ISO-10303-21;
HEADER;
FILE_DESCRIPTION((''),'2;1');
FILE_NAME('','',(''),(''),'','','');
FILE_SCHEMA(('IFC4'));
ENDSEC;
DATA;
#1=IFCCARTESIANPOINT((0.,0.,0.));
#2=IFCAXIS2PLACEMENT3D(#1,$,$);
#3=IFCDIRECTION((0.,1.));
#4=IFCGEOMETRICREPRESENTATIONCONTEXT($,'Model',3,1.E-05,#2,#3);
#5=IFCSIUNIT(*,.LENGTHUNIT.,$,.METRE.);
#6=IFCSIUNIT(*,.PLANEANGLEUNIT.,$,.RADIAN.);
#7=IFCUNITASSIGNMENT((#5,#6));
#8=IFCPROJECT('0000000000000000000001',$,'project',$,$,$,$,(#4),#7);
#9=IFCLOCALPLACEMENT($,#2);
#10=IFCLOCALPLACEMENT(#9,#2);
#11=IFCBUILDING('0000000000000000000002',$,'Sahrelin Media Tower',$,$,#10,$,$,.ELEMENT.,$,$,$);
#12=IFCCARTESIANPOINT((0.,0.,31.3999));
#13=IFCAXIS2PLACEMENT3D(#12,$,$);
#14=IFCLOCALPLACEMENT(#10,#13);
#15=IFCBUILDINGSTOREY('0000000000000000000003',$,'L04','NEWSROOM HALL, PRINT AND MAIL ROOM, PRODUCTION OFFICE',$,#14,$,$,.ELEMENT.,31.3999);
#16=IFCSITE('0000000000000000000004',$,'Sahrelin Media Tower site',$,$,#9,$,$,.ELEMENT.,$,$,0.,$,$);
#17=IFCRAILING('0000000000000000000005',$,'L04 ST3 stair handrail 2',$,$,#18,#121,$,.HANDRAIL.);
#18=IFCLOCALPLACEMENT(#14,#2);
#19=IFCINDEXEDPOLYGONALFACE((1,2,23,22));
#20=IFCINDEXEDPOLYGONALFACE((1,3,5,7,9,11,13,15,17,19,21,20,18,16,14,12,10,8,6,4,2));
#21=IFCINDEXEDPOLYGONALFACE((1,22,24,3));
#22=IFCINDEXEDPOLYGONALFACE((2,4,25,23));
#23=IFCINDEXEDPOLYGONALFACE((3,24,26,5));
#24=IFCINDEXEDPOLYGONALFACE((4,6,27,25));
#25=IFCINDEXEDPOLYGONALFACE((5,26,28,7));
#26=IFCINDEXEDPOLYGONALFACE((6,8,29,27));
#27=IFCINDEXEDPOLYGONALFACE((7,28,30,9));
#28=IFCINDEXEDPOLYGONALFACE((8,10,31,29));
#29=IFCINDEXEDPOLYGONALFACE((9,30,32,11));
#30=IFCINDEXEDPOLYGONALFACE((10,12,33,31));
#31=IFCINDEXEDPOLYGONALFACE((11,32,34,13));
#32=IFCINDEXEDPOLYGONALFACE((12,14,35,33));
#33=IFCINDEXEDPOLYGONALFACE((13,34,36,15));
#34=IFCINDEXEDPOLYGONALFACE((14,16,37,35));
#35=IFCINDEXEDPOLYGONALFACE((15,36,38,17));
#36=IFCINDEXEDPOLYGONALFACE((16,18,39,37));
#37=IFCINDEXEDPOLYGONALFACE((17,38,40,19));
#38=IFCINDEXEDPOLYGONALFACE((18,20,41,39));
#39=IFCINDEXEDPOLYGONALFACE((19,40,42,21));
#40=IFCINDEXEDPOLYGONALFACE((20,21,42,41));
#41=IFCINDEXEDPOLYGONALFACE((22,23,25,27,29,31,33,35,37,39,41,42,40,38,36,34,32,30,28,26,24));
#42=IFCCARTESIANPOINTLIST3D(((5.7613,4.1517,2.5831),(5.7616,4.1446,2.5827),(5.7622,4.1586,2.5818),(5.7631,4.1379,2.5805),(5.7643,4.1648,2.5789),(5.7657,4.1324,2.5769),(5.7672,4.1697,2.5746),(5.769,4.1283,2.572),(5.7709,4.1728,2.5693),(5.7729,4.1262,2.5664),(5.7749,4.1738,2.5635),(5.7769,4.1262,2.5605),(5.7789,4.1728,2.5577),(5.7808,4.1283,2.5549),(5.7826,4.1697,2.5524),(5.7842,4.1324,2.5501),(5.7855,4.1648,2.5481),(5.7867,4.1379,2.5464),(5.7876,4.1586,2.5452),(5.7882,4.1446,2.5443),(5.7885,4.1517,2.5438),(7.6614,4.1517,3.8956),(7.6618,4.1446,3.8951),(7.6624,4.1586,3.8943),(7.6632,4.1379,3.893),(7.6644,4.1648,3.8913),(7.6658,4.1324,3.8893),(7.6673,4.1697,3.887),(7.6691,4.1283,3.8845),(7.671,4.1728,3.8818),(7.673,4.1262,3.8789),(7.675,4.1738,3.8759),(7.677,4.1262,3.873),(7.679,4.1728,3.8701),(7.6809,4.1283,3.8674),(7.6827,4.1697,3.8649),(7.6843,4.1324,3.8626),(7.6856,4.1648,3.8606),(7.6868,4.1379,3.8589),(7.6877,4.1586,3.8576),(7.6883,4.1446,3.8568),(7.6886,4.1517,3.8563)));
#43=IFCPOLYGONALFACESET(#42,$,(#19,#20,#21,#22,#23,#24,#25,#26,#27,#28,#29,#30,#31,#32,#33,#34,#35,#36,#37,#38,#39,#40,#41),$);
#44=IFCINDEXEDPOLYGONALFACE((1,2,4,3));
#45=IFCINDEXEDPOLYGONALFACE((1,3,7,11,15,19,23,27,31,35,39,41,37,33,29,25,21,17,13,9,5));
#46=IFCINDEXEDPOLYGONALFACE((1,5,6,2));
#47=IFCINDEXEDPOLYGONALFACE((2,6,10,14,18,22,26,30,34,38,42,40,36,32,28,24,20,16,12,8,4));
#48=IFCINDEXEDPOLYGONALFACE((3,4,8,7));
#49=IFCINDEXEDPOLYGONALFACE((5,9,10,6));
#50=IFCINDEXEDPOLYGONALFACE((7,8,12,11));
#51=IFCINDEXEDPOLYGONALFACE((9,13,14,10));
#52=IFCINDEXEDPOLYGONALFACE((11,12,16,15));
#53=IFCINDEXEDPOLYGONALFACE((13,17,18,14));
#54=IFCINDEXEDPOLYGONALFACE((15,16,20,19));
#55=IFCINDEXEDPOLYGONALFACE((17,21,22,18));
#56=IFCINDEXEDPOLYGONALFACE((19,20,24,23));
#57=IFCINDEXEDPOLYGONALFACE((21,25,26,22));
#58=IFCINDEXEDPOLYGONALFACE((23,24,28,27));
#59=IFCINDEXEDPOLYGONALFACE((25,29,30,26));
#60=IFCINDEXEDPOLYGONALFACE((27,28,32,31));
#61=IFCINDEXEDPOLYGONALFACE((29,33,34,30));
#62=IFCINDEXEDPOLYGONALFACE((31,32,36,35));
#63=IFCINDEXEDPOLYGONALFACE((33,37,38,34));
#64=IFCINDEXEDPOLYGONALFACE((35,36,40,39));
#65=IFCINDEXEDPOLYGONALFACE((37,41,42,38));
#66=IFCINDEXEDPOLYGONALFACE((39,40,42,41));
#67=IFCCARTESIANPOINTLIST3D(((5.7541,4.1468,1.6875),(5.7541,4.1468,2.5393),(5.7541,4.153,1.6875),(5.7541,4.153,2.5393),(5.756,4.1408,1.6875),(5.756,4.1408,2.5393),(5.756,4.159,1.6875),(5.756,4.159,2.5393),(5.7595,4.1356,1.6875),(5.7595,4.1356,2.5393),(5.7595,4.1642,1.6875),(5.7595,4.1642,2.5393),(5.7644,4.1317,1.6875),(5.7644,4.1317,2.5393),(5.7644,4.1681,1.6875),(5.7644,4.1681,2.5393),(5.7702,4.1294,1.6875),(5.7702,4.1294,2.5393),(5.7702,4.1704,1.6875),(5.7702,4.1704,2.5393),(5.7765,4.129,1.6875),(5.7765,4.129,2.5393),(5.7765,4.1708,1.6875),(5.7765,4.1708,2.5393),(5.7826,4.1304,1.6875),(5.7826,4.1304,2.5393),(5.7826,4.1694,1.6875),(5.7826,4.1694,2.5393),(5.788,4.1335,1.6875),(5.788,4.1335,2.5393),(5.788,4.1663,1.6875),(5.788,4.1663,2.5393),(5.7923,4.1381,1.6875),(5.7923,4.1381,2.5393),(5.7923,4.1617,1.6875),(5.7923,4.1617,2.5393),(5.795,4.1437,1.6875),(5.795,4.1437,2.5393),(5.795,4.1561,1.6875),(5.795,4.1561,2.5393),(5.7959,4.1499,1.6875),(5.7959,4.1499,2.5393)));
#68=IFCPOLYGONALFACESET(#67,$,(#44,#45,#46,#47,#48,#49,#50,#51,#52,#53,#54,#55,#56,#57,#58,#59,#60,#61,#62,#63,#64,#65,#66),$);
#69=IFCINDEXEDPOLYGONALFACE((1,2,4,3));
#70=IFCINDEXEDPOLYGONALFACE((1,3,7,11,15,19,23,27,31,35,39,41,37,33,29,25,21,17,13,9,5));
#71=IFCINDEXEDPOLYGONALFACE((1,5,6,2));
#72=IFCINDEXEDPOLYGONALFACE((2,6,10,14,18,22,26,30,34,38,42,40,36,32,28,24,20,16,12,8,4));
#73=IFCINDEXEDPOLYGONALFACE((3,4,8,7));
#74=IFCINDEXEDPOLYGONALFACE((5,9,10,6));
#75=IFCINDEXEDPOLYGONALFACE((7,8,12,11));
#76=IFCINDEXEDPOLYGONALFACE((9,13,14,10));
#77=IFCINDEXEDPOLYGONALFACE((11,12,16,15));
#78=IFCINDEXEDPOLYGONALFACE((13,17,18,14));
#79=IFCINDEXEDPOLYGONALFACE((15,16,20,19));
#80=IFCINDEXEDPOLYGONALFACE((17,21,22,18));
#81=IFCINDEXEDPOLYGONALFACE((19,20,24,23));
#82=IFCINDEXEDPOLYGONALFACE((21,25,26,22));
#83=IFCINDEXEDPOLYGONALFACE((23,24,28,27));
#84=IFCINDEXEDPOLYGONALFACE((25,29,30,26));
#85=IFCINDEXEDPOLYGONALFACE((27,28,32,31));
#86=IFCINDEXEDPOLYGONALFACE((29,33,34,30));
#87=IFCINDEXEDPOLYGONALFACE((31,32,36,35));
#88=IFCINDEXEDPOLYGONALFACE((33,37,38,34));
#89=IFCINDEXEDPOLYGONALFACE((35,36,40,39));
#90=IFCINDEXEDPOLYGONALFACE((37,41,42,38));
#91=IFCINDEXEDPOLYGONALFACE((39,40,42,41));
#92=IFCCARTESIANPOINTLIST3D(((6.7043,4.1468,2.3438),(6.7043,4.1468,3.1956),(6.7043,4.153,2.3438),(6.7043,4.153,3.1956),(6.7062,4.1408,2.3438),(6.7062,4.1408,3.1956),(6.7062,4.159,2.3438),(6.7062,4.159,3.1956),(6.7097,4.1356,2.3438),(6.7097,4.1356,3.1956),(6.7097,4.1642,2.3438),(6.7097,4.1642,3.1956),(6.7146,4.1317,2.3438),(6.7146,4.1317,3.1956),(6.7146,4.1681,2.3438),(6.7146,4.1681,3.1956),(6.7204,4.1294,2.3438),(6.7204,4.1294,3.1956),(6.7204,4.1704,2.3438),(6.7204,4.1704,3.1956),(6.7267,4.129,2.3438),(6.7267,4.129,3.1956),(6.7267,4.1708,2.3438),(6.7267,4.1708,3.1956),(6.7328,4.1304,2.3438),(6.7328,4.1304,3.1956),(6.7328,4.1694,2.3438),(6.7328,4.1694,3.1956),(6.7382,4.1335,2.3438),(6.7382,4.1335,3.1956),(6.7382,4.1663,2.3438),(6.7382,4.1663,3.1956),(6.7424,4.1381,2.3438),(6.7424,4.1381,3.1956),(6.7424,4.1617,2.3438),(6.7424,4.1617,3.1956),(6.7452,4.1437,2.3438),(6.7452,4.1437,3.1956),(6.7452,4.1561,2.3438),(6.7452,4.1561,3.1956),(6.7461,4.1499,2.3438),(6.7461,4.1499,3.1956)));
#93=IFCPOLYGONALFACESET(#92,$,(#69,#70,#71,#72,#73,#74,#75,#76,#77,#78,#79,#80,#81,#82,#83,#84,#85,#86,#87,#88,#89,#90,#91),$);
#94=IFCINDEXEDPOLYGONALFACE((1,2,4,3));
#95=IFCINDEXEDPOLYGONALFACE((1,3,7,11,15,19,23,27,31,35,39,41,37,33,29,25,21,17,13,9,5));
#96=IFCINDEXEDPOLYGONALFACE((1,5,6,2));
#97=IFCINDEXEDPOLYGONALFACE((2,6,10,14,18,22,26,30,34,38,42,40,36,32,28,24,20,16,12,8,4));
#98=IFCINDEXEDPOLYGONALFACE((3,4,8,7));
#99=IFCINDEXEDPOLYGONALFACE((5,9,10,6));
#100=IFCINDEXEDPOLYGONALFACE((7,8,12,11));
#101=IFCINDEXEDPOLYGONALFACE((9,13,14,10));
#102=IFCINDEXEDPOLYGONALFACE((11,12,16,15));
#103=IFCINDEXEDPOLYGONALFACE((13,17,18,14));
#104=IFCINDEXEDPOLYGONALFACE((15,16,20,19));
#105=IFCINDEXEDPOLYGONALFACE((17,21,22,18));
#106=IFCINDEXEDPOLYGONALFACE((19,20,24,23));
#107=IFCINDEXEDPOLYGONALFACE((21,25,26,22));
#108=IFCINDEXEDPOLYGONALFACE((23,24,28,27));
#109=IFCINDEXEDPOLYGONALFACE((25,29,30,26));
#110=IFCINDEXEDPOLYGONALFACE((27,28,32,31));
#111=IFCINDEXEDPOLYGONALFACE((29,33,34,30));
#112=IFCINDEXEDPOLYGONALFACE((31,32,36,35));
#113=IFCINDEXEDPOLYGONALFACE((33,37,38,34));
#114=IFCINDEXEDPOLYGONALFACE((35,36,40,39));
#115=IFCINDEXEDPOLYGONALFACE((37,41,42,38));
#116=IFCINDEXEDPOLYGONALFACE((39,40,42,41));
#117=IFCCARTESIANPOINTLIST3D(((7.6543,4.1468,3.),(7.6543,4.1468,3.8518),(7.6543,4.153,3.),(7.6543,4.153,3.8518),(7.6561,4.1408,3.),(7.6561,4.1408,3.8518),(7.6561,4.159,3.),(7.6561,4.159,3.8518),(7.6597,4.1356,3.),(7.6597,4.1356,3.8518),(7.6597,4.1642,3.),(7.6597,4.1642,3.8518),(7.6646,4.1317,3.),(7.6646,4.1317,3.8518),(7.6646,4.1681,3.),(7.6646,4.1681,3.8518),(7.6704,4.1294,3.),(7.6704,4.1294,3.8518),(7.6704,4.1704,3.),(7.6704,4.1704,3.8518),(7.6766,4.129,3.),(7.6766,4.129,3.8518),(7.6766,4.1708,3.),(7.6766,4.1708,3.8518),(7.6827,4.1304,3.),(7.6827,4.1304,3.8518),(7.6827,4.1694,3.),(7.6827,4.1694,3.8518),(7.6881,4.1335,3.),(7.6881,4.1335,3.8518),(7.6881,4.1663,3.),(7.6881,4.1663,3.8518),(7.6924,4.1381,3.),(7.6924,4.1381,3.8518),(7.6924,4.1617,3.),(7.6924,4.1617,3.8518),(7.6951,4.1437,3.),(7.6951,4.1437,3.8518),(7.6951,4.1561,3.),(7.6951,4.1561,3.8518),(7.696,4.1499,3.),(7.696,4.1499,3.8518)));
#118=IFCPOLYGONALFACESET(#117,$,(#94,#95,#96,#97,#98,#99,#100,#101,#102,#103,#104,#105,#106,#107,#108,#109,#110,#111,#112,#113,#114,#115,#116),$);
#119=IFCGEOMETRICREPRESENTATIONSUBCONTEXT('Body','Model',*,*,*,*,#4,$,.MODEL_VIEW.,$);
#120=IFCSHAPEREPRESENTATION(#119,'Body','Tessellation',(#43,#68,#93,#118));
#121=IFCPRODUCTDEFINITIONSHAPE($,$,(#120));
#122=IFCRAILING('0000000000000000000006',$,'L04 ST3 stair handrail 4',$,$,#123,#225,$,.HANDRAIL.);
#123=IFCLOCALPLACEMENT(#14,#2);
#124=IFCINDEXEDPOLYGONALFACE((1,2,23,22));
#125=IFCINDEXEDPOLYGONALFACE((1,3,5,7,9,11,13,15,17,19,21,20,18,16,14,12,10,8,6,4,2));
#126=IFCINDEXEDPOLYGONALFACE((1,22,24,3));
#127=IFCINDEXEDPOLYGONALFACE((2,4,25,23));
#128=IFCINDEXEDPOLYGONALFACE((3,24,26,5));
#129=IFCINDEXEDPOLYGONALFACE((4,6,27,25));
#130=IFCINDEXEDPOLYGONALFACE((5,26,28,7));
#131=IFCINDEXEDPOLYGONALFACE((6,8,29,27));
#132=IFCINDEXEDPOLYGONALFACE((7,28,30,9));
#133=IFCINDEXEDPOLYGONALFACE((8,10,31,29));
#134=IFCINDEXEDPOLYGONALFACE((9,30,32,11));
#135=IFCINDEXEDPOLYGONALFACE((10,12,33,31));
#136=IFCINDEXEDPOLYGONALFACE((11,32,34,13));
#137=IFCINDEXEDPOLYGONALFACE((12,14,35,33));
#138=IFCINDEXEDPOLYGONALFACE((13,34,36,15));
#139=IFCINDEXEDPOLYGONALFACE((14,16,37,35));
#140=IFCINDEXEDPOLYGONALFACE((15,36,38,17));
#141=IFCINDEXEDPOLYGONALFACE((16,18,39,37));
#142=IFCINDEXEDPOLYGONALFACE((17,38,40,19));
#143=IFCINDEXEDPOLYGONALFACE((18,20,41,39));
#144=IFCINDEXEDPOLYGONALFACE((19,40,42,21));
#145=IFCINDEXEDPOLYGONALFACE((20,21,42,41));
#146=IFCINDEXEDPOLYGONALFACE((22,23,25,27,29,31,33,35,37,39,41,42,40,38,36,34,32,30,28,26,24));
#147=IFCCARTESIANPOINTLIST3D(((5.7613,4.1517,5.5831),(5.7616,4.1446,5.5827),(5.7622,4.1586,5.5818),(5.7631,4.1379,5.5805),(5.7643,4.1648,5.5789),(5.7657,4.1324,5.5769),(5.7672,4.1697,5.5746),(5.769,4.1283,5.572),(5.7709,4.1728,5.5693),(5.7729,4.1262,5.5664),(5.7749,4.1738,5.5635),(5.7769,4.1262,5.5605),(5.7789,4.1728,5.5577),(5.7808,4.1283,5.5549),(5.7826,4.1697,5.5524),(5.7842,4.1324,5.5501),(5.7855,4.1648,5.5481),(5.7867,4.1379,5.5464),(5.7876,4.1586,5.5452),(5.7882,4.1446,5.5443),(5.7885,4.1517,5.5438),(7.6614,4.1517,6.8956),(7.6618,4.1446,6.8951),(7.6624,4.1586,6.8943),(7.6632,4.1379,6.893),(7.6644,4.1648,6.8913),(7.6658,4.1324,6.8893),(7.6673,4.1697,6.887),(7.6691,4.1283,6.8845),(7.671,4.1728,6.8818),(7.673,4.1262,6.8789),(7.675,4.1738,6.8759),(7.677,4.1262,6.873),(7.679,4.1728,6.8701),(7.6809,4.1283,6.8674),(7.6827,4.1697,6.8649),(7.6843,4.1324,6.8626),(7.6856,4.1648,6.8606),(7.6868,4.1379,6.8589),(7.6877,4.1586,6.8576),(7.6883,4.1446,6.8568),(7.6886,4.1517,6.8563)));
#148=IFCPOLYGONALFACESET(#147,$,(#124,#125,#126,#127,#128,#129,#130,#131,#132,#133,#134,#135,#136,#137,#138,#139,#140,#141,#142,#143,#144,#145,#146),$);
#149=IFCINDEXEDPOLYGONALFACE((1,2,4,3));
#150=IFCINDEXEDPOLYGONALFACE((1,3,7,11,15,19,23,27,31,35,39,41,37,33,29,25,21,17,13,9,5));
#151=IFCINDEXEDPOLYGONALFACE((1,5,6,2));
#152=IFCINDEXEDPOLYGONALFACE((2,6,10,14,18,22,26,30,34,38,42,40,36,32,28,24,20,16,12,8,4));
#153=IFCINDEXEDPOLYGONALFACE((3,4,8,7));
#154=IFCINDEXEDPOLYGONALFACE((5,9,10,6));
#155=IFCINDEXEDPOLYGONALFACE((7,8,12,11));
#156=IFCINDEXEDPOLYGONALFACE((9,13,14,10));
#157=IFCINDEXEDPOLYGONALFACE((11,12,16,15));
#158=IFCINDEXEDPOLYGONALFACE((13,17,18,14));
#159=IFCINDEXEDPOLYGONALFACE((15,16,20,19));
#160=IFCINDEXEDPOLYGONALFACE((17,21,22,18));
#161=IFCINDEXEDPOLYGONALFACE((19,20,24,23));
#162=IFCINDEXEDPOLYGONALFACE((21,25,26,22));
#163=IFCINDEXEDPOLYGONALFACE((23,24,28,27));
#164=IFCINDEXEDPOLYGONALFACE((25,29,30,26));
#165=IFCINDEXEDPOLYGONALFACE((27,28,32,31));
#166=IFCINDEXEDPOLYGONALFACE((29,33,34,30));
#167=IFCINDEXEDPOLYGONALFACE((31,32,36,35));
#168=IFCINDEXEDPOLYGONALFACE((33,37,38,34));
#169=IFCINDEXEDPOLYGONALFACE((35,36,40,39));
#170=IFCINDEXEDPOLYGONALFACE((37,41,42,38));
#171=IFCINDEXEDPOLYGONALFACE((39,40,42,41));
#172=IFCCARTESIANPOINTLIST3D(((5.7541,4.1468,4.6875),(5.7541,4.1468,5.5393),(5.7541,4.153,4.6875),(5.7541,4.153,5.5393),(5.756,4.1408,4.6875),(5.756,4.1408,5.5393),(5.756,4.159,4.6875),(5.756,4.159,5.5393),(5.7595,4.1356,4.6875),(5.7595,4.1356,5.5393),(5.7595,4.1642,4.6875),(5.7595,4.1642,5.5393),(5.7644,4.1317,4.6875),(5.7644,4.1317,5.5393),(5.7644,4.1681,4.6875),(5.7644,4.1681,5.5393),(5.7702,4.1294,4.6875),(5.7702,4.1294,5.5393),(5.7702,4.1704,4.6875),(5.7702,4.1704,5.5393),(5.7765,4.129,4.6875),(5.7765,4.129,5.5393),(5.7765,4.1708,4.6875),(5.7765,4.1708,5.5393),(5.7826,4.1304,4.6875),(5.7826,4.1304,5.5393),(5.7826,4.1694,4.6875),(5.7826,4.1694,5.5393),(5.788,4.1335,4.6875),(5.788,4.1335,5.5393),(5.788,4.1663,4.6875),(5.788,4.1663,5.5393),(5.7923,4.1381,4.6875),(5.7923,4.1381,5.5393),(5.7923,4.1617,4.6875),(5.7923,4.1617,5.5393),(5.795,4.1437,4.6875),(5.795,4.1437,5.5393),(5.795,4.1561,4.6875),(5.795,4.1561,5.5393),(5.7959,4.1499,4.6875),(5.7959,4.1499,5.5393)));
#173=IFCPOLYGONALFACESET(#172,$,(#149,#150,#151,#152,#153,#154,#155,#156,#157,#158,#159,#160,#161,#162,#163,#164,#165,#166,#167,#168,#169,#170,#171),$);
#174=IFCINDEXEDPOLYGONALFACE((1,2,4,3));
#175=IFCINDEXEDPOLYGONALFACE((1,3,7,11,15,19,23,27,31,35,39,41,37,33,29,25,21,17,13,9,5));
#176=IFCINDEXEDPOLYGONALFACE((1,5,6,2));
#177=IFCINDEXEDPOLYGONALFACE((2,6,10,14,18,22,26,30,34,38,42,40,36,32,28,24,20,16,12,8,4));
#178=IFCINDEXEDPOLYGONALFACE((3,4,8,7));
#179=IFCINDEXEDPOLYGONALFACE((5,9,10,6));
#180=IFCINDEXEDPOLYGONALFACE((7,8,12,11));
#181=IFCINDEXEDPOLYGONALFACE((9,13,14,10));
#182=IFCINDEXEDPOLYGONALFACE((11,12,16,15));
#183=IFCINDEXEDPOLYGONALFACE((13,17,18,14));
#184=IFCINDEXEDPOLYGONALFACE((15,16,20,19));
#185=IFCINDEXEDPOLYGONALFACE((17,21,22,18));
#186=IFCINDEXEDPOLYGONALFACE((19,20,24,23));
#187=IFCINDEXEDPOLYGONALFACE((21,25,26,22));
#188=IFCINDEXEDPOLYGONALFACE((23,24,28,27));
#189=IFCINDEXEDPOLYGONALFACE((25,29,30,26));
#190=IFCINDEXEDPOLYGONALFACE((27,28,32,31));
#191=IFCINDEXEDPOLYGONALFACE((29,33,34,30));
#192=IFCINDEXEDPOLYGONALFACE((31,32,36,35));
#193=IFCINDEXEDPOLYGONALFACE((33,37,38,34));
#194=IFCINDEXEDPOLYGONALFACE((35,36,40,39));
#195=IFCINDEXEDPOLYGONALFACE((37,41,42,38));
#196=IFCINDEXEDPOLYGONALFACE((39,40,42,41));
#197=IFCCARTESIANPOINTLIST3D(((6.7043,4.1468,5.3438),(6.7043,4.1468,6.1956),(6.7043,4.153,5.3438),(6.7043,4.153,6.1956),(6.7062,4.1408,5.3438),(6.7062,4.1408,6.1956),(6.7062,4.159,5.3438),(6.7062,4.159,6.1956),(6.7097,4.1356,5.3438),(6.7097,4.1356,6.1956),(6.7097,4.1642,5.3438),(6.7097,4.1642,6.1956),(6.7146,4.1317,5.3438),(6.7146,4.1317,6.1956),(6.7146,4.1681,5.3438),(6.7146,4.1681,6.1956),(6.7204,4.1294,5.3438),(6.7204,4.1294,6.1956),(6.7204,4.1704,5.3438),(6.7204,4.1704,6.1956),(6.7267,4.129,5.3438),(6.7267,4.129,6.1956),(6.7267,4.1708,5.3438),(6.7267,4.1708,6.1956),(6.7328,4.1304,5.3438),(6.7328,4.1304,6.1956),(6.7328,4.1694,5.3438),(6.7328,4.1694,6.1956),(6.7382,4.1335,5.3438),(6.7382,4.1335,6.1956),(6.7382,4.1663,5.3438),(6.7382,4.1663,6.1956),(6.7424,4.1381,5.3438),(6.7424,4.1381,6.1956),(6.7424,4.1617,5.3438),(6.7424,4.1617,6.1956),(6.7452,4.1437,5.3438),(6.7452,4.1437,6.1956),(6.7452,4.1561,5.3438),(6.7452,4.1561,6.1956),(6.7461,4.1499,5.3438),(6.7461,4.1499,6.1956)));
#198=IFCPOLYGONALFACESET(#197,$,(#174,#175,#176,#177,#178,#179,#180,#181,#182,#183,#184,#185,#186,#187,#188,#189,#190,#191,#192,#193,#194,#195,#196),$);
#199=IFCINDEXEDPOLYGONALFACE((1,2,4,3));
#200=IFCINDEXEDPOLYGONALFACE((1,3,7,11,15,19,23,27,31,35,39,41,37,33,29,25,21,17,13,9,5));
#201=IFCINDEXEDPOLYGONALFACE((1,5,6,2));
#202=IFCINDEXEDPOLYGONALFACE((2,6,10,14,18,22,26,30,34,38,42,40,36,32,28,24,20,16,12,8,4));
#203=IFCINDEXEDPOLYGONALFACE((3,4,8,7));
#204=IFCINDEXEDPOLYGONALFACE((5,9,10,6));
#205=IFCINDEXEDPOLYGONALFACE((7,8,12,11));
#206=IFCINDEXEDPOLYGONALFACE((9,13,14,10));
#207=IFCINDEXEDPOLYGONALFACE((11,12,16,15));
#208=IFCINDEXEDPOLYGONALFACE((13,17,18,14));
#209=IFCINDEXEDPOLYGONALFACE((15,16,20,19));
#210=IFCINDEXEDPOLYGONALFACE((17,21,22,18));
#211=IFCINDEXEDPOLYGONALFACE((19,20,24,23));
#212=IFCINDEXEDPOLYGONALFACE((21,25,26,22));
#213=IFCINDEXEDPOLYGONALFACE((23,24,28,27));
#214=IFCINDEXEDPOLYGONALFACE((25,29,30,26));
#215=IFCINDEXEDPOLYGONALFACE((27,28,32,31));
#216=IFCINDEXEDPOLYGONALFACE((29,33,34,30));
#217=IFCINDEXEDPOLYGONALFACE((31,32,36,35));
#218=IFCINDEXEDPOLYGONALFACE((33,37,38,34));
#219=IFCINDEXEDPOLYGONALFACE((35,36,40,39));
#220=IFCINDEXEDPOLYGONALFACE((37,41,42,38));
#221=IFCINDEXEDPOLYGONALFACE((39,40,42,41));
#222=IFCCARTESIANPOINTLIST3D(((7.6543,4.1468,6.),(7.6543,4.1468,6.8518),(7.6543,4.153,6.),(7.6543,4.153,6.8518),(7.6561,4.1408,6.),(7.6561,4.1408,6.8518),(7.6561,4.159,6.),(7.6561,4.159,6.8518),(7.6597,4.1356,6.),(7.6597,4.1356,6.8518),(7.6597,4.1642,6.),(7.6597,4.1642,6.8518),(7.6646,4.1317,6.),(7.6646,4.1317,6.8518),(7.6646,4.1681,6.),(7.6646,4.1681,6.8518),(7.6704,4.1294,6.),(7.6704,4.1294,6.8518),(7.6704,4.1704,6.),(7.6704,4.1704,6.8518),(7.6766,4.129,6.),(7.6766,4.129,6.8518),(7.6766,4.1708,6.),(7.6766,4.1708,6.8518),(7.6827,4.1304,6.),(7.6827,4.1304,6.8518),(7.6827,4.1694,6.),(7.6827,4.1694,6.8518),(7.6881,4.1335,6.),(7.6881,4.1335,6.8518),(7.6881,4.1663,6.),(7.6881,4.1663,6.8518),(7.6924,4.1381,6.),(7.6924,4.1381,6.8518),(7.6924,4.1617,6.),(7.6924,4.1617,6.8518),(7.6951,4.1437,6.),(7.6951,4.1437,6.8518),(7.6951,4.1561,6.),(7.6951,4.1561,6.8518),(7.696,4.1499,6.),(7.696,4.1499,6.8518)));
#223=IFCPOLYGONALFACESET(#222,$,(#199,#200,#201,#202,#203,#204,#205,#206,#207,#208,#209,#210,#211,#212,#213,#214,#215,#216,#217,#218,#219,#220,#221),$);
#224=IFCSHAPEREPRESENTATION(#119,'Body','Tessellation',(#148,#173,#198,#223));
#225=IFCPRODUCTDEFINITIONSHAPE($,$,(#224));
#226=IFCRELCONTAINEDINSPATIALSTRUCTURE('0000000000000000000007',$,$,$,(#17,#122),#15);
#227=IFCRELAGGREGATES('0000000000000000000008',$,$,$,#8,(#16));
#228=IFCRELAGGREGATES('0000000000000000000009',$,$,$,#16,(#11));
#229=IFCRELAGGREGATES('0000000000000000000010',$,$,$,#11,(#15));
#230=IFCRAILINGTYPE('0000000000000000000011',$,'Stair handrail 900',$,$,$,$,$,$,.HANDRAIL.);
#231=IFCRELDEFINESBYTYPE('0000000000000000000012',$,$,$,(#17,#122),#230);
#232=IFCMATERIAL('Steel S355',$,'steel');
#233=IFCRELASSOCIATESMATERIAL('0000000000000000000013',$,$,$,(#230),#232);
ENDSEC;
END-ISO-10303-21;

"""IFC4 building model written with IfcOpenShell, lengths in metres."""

from ifc_helpers import new_model, si_unit, direction, frame, origin, origin_2d, place, context, subcontext, project, spatial, circle, extrude, material, type_object, element, save


model = new_model("IFC4")

# Units and contexts
model_context = context("Model", 3, precision=1e-05, world=origin(), true_north=direction((0.0, 1.0)))
body_context = subcontext(model_context, "Body", "Model", "MODEL_VIEW")
ifc_project = project(units=[si_unit("LENGTHUNIT", "METRE"), si_unit("PLANEANGLEUNIT", "RADIAN")], contexts=[model_context])

# Site, building, storey
site_placement = place(None, origin())
site = spatial("IfcSite", under=ifc_project, at=site_placement, Name="Sahrelin Media Tower site", CompositionType="ELEMENT", RefElevation=0.0)
building_placement = place(site_placement, origin())
building = spatial("IfcBuilding", under=site, at=building_placement, Name="Sahrelin Media Tower", CompositionType="ELEMENT")
storey_placement = place(building_placement, frame((0.0, 0.0, 31.3999)))
storey = spatial("IfcBuildingStorey", under=building, at=storey_placement, Name="L04", Description="NEWSROOM HALL, PRINT AND MAIL ROOM, PRODUCTION OFFICE", CompositionType="ELEMENT", Elevation=31.3999)

# Shared definitions
ifc_material_1 = material(Name="Steel S355", Category="steel")

# Railings
railing_type = type_object("IfcRailingType", Name="Stair handrail 900", PredefinedType="HANDRAIL", material=ifc_material_1)
for number, where, name in (
    (1, (5.7749, 4.1499, 1.6875), "L04 ST3 stair handrail 2"),
    (2, (5.7749, 4.1499, 4.6875), "L04 ST3 stair handrail 4"),
):
    element("IfcRailing", number, at=place(storey_placement, frame(where)), inside=storey, type_object=railing_type, Name=name, PredefinedType="HANDRAIL", context=body_context, shape_type="SweptSolid", body=[
        extrude(circle(Radius=0.0239, at=origin_2d()), frame((0.0, 0.0, 0.876), z_axis=(0.822797, 0.0, 0.568336), x_axis=(0.0, 1.0, 0.0)), (0.0, 0.0, 1.0), 2.3093),
        extrude(circle(Radius=0.021, at=origin_2d()), origin(), (0.0, 0.0, 1.0), 0.8518),
        extrude(circle(Radius=0.021, at=origin_2d()), frame((0.9502, 0.0, 0.6562)), (0.0, 0.0, 1.0), 0.8518),
        extrude(circle(Radius=0.021, at=origin_2d()), frame((1.9001, 0.0, 1.3125)), (0.0, 0.0, 1.0), 0.8518),
    ])

save(model, "model.ifc")
